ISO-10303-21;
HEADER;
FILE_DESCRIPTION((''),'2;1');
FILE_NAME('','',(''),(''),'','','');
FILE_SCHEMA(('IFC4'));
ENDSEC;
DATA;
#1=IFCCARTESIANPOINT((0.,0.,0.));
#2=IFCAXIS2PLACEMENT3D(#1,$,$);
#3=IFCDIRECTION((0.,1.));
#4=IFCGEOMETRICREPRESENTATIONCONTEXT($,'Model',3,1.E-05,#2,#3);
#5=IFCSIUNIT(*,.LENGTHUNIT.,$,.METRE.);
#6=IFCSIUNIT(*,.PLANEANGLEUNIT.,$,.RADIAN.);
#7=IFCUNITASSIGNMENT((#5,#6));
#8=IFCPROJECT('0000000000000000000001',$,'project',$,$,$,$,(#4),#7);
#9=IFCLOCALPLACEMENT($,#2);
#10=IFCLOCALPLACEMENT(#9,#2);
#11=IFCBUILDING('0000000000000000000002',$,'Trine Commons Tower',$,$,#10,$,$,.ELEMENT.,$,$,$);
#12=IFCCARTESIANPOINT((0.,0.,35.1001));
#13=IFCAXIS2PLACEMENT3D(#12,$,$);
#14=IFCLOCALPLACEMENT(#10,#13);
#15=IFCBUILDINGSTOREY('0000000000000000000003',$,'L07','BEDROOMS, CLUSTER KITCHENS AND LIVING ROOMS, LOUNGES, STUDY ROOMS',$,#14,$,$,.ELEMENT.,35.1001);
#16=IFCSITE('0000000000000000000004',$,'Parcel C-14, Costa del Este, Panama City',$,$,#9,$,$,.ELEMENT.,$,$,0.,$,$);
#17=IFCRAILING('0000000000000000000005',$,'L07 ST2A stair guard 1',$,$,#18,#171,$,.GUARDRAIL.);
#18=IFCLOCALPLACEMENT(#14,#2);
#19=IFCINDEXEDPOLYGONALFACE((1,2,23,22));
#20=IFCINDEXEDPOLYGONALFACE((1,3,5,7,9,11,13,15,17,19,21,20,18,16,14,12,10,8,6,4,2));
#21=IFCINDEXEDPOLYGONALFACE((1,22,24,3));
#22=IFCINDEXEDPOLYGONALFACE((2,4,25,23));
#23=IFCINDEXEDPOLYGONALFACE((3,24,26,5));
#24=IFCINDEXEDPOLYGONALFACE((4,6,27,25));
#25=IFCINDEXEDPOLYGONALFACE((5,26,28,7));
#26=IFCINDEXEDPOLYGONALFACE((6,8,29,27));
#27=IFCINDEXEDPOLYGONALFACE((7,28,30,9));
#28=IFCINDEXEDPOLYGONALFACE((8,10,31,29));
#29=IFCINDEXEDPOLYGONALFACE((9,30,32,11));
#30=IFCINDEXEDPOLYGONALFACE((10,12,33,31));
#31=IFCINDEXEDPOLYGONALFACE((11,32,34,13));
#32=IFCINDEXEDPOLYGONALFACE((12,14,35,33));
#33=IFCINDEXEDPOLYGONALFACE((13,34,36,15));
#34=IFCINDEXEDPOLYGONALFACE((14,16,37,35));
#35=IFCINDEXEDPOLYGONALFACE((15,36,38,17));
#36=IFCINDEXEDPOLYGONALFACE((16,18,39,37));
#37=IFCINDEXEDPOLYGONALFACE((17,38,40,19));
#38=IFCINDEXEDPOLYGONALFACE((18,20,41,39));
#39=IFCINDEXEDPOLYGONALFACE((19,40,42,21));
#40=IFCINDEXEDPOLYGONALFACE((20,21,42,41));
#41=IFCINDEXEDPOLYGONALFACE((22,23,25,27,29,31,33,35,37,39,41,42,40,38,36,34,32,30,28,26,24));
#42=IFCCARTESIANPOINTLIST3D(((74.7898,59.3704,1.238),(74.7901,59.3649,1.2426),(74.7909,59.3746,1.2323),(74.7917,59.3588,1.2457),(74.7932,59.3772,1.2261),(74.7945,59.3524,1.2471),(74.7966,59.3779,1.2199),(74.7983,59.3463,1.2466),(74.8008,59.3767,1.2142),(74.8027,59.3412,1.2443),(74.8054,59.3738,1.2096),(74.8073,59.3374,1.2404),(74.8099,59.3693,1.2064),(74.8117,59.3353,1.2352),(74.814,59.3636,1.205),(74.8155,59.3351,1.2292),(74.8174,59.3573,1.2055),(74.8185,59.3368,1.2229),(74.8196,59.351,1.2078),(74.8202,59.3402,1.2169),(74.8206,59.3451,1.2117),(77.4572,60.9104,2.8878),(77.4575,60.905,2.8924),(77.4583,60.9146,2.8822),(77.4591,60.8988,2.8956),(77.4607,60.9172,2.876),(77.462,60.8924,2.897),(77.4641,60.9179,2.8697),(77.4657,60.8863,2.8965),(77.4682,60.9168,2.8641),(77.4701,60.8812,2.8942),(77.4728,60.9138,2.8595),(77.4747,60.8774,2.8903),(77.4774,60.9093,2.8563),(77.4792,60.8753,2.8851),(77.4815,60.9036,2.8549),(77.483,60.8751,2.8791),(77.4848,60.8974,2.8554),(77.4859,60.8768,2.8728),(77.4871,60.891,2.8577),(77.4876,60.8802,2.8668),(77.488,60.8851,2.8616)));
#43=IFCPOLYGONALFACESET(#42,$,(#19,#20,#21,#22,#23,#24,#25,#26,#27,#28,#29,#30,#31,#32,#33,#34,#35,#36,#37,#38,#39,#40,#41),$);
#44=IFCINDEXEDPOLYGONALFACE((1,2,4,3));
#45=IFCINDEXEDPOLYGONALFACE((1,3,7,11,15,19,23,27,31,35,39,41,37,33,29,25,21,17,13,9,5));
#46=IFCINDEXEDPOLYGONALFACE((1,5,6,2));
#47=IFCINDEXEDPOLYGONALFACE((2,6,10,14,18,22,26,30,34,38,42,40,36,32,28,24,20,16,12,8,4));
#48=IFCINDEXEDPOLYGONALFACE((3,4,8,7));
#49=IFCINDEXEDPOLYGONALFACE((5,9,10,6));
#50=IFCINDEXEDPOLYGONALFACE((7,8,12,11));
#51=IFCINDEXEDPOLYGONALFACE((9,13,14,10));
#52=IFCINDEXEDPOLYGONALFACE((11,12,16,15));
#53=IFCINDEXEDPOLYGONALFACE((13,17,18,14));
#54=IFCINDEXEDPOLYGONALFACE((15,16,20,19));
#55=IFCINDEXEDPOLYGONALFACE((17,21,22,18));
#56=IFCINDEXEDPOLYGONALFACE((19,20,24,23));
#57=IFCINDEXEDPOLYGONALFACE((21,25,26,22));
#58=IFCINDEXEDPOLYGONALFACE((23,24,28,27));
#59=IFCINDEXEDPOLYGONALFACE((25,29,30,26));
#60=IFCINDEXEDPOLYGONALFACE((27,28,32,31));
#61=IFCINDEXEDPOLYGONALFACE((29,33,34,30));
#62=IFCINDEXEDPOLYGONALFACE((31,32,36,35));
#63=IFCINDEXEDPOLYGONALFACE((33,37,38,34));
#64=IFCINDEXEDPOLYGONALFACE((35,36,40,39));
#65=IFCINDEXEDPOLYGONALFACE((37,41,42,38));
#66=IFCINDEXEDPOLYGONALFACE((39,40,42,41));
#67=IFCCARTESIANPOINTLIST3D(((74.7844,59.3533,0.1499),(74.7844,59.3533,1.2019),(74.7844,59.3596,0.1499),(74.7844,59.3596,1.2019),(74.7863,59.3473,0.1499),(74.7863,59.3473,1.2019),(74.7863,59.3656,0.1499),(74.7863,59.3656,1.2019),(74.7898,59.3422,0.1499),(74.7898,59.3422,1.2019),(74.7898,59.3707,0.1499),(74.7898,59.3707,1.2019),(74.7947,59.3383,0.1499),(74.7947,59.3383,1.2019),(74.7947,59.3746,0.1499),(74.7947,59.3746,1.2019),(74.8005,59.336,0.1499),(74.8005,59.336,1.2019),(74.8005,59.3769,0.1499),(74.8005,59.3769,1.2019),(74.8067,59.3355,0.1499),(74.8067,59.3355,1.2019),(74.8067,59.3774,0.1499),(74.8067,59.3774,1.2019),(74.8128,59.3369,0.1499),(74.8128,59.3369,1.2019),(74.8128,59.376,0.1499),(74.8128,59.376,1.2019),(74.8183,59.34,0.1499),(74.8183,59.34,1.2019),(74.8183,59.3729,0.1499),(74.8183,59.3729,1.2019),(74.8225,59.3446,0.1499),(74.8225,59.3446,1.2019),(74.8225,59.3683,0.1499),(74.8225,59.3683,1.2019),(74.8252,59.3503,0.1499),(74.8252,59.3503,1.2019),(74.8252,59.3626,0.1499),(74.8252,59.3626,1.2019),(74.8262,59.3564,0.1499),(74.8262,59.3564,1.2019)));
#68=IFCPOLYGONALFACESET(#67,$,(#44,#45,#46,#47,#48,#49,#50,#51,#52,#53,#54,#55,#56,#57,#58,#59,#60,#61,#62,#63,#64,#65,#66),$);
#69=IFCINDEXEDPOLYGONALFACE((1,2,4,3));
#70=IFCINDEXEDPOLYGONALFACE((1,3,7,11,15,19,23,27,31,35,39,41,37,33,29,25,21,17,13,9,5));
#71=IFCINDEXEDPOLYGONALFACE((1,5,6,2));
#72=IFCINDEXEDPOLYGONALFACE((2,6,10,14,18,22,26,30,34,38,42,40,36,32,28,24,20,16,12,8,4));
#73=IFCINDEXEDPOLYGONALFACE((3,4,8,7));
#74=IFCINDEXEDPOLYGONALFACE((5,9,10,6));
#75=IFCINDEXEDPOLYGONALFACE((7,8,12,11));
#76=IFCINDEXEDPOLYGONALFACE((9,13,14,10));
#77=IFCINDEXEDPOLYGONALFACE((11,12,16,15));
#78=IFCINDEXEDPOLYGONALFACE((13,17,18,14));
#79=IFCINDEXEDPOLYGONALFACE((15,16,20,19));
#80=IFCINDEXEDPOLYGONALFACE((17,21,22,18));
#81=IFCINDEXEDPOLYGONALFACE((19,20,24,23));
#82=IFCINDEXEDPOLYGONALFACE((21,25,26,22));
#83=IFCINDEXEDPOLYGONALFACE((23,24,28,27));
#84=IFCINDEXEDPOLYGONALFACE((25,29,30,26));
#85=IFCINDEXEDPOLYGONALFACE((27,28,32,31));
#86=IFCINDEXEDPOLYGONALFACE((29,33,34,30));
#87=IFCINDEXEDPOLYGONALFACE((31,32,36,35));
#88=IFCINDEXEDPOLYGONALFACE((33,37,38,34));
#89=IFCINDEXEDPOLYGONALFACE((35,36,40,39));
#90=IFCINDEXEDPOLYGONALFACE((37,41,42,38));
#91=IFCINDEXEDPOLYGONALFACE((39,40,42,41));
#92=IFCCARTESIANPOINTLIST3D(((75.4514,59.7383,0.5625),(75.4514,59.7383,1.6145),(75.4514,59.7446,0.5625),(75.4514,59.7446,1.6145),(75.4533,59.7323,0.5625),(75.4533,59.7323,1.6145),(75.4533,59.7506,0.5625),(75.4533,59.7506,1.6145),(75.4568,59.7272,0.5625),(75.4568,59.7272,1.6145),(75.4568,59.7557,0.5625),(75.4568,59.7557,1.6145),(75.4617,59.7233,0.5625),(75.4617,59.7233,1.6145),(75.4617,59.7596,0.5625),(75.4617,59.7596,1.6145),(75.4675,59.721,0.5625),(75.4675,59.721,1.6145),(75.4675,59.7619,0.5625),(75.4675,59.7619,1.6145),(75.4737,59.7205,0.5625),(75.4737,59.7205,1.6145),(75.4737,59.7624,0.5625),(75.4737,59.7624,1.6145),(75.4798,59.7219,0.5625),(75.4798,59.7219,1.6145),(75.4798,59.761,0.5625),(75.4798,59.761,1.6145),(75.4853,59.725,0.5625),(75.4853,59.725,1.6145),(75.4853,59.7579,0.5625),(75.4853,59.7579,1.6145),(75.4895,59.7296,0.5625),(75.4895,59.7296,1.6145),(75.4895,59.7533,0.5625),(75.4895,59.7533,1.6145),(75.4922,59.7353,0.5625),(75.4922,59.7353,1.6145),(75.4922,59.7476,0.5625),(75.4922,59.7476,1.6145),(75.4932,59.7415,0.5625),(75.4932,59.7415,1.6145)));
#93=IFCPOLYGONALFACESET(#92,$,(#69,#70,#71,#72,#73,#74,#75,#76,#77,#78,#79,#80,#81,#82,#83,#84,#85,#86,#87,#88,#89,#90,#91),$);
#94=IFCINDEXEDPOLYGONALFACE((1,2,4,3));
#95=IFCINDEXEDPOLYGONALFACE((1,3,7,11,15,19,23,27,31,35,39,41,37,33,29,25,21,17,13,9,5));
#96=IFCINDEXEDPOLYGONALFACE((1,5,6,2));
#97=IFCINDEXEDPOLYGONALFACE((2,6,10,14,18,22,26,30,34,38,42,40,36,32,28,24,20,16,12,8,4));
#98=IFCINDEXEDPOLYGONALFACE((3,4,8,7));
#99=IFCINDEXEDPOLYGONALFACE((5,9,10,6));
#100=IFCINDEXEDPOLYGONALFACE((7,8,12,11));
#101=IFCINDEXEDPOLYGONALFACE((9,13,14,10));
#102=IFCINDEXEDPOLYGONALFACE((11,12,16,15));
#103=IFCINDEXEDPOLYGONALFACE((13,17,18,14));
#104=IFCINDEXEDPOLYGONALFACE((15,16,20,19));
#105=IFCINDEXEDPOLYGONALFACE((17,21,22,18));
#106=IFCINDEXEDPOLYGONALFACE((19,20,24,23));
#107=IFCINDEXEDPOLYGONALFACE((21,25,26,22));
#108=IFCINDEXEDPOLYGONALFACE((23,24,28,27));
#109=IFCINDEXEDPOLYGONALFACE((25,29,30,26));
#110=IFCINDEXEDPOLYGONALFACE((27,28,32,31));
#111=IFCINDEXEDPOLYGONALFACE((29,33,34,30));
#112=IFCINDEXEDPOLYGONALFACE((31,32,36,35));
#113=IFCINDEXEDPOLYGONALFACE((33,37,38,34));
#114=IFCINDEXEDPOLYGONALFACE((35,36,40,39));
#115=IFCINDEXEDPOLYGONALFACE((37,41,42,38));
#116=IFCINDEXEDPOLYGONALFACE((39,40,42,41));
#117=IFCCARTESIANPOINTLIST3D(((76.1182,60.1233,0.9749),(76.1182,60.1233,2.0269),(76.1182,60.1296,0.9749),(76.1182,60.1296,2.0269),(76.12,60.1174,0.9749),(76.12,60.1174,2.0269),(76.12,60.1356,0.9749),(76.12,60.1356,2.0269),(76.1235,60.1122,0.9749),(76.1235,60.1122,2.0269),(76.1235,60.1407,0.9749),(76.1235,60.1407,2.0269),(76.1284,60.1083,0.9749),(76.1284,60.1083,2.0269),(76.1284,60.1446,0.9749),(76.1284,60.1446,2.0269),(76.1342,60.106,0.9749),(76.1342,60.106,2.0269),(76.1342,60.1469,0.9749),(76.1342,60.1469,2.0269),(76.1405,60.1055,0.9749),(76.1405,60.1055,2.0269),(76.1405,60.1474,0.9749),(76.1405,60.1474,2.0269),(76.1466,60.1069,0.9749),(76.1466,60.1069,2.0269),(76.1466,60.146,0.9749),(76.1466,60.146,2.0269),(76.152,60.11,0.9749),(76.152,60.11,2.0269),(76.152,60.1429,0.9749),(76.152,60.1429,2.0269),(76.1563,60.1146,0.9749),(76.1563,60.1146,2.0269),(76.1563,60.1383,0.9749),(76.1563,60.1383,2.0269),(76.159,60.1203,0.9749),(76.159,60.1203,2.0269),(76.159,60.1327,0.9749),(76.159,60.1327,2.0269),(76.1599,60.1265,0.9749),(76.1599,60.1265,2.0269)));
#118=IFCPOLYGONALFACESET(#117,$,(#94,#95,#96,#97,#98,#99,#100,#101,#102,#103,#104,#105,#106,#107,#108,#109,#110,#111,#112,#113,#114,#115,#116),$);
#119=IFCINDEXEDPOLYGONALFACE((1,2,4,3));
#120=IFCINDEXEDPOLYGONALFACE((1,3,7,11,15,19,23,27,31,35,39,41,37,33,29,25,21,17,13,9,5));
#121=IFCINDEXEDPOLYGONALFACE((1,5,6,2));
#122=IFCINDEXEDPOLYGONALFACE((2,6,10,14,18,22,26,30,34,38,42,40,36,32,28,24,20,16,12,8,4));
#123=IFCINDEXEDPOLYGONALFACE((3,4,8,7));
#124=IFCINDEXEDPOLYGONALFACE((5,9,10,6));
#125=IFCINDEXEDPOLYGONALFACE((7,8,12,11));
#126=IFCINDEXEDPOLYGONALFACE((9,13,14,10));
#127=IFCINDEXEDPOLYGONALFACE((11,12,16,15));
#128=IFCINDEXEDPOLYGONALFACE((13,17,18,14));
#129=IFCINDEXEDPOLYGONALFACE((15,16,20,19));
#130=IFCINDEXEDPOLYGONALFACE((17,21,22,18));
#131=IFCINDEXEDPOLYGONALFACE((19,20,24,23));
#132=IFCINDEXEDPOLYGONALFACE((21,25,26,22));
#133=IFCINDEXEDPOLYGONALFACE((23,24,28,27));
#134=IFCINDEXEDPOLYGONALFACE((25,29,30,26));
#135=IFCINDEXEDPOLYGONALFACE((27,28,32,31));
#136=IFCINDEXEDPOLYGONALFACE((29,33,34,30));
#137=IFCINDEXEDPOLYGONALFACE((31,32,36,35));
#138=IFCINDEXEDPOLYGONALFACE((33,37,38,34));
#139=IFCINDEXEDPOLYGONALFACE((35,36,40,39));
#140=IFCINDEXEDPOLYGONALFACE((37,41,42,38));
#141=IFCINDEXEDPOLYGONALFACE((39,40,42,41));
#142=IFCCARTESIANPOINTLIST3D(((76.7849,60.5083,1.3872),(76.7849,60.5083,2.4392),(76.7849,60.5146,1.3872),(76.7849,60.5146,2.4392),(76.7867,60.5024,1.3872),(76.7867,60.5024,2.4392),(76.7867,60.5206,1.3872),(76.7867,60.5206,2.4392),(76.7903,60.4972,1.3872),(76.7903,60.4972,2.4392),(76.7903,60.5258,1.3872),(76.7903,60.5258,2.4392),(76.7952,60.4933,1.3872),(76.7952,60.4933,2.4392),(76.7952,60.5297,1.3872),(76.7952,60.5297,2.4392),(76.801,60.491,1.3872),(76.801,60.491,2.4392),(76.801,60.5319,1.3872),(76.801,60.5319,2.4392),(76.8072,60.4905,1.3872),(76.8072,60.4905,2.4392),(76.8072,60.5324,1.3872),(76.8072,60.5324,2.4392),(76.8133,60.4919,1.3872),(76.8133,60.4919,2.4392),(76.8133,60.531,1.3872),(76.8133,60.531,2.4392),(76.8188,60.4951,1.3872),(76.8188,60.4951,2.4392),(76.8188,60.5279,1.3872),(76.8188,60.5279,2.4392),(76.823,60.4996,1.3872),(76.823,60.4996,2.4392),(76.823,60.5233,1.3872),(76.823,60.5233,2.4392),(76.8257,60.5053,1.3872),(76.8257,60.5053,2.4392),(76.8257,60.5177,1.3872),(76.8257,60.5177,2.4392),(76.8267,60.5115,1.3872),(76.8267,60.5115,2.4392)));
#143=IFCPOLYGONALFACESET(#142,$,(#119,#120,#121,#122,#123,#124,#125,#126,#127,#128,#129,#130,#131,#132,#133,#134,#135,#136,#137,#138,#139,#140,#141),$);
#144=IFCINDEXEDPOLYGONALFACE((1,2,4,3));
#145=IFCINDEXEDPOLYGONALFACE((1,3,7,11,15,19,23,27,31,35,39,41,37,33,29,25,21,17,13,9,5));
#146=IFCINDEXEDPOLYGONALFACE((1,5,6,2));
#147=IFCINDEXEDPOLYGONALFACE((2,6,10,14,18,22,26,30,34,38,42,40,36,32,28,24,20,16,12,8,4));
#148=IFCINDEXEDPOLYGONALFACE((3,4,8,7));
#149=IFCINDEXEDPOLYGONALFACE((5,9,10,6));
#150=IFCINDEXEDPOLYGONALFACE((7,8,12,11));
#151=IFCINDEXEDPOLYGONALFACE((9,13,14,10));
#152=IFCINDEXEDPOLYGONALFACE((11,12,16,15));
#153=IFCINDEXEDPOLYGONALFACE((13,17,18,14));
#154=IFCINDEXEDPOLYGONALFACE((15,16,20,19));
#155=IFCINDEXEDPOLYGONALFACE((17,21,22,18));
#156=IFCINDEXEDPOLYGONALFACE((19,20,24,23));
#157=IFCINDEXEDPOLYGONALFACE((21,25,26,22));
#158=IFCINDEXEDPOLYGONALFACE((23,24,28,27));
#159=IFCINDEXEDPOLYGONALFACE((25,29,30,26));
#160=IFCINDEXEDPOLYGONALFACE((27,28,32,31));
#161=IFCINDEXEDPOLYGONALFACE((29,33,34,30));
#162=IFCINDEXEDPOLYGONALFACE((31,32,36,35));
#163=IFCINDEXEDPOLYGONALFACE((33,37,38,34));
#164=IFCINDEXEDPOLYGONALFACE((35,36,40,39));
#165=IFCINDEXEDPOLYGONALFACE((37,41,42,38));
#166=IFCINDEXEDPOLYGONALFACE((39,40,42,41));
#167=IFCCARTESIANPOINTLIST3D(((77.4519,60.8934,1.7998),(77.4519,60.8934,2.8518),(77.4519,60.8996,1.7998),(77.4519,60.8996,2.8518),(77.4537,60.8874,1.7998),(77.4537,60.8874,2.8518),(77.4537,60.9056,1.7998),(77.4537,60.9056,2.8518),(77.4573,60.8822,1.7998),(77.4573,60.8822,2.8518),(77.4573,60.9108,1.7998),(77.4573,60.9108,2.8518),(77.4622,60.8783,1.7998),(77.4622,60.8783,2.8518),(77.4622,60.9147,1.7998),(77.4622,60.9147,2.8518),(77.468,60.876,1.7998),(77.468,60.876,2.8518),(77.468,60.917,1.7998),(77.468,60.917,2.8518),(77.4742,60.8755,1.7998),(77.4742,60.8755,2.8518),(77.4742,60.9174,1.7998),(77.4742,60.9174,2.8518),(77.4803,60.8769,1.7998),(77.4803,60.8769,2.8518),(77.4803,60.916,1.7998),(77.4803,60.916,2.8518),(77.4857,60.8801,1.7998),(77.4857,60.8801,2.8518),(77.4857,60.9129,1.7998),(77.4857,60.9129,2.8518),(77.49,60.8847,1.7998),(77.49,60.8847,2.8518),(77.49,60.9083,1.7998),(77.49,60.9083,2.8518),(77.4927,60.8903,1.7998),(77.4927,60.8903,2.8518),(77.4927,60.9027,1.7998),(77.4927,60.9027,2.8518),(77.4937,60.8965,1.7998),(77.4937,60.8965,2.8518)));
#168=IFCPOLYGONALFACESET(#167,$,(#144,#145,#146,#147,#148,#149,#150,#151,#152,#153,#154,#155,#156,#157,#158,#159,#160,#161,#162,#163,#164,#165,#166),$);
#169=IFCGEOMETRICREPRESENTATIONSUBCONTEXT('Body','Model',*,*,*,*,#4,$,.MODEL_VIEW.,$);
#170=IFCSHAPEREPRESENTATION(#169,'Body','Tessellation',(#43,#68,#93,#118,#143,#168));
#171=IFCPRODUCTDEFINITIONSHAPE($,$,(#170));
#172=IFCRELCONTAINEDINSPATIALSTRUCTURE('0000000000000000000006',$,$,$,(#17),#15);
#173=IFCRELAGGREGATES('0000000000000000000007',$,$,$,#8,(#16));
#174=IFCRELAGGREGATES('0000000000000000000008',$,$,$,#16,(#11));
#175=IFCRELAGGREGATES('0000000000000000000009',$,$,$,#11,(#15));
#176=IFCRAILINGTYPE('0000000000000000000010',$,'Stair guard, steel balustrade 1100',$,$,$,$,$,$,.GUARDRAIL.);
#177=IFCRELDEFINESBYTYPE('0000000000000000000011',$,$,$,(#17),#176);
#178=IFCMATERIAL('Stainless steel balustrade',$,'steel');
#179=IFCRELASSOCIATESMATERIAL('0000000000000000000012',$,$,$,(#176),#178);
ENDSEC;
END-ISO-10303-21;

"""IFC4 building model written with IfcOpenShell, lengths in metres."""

from ifc_helpers import new_model, si_unit, direction, frame, origin, origin_2d, place, context, subcontext, project, spatial, circle, extrude, material, type_object, element, save


model = new_model("IFC4")

# Units and contexts
model_context = context("Model", 3, precision=1e-05, world=origin(), true_north=direction((0.0, 1.0)))
body_context = subcontext(model_context, "Body", "Model", "MODEL_VIEW")
ifc_project = project(units=[si_unit("LENGTHUNIT", "METRE"), si_unit("PLANEANGLEUNIT", "RADIAN")], contexts=[model_context])

# Site, building, storey
site_placement = place(None, origin())
site = spatial("IfcSite", under=ifc_project, at=site_placement, Name="Parcel C-14, Costa del Este, Panama City", CompositionType="ELEMENT", RefElevation=0.0)
building_placement = place(site_placement, origin())
building = spatial("IfcBuilding", under=site, at=building_placement, Name="Trine Commons Tower", CompositionType="ELEMENT")
storey_placement = place(building_placement, frame((0.0, 0.0, 35.1001)))
storey = spatial("IfcBuildingStorey", under=building, at=storey_placement, Name="L07", Description="BEDROOMS, CLUSTER KITCHENS AND LIVING ROOMS, LOUNGES, STUDY ROOMS", CompositionType="ELEMENT", Elevation=35.1001)

# Railing
ifc_material_1 = material(Name="Stainless steel balustrade", Category="steel")
railing_type_1 = type_object("IfcRailingType", Name="Stair guard, steel balustrade 1100", PredefinedType="GUARDRAIL", material=ifc_material_1)
railing_1_placement = place(storey_placement, frame((74.8052, 59.3564, 0.1499)))
element("IfcRailing", 1, at=railing_1_placement, inside=storey, type_object=railing_type_1, Name="L07 ST2A stair guard 1", PredefinedType="GUARDRAIL", context=body_context, shape_type="SweptSolid", body=[
    extrude(circle(Radius=0.0239, at=origin_2d()), frame((0.0, 0.0, 1.0762), z_axis=(0.763405, 0.440743, 0.472185), x_axis=(-0.499992, 0.86603, 0.0)), (0.0, 0.0, 1.0), 3.4941),
    extrude(circle(Radius=0.021, at=origin_2d()), origin(), (0.0, 0.0, 1.0), 1.052),
    extrude(circle(Radius=0.021, at=origin_2d()), frame((0.667, 0.385, 0.4126)), (0.0, 0.0, 1.0), 1.052),
    extrude(circle(Radius=0.021, at=origin_2d()), frame((1.3337, 0.77, 0.825)), (0.0, 0.0, 1.0), 1.052),
    extrude(circle(Radius=0.021, at=origin_2d()), frame((2.0005, 1.155, 1.2373)), (0.0, 0.0, 1.0), 1.052),
    extrude(circle(Radius=0.021, at=origin_2d()), frame((2.6675, 1.54, 1.6499)), (0.0, 0.0, 1.0), 1.052),
])

save(model, "model.ifc")
